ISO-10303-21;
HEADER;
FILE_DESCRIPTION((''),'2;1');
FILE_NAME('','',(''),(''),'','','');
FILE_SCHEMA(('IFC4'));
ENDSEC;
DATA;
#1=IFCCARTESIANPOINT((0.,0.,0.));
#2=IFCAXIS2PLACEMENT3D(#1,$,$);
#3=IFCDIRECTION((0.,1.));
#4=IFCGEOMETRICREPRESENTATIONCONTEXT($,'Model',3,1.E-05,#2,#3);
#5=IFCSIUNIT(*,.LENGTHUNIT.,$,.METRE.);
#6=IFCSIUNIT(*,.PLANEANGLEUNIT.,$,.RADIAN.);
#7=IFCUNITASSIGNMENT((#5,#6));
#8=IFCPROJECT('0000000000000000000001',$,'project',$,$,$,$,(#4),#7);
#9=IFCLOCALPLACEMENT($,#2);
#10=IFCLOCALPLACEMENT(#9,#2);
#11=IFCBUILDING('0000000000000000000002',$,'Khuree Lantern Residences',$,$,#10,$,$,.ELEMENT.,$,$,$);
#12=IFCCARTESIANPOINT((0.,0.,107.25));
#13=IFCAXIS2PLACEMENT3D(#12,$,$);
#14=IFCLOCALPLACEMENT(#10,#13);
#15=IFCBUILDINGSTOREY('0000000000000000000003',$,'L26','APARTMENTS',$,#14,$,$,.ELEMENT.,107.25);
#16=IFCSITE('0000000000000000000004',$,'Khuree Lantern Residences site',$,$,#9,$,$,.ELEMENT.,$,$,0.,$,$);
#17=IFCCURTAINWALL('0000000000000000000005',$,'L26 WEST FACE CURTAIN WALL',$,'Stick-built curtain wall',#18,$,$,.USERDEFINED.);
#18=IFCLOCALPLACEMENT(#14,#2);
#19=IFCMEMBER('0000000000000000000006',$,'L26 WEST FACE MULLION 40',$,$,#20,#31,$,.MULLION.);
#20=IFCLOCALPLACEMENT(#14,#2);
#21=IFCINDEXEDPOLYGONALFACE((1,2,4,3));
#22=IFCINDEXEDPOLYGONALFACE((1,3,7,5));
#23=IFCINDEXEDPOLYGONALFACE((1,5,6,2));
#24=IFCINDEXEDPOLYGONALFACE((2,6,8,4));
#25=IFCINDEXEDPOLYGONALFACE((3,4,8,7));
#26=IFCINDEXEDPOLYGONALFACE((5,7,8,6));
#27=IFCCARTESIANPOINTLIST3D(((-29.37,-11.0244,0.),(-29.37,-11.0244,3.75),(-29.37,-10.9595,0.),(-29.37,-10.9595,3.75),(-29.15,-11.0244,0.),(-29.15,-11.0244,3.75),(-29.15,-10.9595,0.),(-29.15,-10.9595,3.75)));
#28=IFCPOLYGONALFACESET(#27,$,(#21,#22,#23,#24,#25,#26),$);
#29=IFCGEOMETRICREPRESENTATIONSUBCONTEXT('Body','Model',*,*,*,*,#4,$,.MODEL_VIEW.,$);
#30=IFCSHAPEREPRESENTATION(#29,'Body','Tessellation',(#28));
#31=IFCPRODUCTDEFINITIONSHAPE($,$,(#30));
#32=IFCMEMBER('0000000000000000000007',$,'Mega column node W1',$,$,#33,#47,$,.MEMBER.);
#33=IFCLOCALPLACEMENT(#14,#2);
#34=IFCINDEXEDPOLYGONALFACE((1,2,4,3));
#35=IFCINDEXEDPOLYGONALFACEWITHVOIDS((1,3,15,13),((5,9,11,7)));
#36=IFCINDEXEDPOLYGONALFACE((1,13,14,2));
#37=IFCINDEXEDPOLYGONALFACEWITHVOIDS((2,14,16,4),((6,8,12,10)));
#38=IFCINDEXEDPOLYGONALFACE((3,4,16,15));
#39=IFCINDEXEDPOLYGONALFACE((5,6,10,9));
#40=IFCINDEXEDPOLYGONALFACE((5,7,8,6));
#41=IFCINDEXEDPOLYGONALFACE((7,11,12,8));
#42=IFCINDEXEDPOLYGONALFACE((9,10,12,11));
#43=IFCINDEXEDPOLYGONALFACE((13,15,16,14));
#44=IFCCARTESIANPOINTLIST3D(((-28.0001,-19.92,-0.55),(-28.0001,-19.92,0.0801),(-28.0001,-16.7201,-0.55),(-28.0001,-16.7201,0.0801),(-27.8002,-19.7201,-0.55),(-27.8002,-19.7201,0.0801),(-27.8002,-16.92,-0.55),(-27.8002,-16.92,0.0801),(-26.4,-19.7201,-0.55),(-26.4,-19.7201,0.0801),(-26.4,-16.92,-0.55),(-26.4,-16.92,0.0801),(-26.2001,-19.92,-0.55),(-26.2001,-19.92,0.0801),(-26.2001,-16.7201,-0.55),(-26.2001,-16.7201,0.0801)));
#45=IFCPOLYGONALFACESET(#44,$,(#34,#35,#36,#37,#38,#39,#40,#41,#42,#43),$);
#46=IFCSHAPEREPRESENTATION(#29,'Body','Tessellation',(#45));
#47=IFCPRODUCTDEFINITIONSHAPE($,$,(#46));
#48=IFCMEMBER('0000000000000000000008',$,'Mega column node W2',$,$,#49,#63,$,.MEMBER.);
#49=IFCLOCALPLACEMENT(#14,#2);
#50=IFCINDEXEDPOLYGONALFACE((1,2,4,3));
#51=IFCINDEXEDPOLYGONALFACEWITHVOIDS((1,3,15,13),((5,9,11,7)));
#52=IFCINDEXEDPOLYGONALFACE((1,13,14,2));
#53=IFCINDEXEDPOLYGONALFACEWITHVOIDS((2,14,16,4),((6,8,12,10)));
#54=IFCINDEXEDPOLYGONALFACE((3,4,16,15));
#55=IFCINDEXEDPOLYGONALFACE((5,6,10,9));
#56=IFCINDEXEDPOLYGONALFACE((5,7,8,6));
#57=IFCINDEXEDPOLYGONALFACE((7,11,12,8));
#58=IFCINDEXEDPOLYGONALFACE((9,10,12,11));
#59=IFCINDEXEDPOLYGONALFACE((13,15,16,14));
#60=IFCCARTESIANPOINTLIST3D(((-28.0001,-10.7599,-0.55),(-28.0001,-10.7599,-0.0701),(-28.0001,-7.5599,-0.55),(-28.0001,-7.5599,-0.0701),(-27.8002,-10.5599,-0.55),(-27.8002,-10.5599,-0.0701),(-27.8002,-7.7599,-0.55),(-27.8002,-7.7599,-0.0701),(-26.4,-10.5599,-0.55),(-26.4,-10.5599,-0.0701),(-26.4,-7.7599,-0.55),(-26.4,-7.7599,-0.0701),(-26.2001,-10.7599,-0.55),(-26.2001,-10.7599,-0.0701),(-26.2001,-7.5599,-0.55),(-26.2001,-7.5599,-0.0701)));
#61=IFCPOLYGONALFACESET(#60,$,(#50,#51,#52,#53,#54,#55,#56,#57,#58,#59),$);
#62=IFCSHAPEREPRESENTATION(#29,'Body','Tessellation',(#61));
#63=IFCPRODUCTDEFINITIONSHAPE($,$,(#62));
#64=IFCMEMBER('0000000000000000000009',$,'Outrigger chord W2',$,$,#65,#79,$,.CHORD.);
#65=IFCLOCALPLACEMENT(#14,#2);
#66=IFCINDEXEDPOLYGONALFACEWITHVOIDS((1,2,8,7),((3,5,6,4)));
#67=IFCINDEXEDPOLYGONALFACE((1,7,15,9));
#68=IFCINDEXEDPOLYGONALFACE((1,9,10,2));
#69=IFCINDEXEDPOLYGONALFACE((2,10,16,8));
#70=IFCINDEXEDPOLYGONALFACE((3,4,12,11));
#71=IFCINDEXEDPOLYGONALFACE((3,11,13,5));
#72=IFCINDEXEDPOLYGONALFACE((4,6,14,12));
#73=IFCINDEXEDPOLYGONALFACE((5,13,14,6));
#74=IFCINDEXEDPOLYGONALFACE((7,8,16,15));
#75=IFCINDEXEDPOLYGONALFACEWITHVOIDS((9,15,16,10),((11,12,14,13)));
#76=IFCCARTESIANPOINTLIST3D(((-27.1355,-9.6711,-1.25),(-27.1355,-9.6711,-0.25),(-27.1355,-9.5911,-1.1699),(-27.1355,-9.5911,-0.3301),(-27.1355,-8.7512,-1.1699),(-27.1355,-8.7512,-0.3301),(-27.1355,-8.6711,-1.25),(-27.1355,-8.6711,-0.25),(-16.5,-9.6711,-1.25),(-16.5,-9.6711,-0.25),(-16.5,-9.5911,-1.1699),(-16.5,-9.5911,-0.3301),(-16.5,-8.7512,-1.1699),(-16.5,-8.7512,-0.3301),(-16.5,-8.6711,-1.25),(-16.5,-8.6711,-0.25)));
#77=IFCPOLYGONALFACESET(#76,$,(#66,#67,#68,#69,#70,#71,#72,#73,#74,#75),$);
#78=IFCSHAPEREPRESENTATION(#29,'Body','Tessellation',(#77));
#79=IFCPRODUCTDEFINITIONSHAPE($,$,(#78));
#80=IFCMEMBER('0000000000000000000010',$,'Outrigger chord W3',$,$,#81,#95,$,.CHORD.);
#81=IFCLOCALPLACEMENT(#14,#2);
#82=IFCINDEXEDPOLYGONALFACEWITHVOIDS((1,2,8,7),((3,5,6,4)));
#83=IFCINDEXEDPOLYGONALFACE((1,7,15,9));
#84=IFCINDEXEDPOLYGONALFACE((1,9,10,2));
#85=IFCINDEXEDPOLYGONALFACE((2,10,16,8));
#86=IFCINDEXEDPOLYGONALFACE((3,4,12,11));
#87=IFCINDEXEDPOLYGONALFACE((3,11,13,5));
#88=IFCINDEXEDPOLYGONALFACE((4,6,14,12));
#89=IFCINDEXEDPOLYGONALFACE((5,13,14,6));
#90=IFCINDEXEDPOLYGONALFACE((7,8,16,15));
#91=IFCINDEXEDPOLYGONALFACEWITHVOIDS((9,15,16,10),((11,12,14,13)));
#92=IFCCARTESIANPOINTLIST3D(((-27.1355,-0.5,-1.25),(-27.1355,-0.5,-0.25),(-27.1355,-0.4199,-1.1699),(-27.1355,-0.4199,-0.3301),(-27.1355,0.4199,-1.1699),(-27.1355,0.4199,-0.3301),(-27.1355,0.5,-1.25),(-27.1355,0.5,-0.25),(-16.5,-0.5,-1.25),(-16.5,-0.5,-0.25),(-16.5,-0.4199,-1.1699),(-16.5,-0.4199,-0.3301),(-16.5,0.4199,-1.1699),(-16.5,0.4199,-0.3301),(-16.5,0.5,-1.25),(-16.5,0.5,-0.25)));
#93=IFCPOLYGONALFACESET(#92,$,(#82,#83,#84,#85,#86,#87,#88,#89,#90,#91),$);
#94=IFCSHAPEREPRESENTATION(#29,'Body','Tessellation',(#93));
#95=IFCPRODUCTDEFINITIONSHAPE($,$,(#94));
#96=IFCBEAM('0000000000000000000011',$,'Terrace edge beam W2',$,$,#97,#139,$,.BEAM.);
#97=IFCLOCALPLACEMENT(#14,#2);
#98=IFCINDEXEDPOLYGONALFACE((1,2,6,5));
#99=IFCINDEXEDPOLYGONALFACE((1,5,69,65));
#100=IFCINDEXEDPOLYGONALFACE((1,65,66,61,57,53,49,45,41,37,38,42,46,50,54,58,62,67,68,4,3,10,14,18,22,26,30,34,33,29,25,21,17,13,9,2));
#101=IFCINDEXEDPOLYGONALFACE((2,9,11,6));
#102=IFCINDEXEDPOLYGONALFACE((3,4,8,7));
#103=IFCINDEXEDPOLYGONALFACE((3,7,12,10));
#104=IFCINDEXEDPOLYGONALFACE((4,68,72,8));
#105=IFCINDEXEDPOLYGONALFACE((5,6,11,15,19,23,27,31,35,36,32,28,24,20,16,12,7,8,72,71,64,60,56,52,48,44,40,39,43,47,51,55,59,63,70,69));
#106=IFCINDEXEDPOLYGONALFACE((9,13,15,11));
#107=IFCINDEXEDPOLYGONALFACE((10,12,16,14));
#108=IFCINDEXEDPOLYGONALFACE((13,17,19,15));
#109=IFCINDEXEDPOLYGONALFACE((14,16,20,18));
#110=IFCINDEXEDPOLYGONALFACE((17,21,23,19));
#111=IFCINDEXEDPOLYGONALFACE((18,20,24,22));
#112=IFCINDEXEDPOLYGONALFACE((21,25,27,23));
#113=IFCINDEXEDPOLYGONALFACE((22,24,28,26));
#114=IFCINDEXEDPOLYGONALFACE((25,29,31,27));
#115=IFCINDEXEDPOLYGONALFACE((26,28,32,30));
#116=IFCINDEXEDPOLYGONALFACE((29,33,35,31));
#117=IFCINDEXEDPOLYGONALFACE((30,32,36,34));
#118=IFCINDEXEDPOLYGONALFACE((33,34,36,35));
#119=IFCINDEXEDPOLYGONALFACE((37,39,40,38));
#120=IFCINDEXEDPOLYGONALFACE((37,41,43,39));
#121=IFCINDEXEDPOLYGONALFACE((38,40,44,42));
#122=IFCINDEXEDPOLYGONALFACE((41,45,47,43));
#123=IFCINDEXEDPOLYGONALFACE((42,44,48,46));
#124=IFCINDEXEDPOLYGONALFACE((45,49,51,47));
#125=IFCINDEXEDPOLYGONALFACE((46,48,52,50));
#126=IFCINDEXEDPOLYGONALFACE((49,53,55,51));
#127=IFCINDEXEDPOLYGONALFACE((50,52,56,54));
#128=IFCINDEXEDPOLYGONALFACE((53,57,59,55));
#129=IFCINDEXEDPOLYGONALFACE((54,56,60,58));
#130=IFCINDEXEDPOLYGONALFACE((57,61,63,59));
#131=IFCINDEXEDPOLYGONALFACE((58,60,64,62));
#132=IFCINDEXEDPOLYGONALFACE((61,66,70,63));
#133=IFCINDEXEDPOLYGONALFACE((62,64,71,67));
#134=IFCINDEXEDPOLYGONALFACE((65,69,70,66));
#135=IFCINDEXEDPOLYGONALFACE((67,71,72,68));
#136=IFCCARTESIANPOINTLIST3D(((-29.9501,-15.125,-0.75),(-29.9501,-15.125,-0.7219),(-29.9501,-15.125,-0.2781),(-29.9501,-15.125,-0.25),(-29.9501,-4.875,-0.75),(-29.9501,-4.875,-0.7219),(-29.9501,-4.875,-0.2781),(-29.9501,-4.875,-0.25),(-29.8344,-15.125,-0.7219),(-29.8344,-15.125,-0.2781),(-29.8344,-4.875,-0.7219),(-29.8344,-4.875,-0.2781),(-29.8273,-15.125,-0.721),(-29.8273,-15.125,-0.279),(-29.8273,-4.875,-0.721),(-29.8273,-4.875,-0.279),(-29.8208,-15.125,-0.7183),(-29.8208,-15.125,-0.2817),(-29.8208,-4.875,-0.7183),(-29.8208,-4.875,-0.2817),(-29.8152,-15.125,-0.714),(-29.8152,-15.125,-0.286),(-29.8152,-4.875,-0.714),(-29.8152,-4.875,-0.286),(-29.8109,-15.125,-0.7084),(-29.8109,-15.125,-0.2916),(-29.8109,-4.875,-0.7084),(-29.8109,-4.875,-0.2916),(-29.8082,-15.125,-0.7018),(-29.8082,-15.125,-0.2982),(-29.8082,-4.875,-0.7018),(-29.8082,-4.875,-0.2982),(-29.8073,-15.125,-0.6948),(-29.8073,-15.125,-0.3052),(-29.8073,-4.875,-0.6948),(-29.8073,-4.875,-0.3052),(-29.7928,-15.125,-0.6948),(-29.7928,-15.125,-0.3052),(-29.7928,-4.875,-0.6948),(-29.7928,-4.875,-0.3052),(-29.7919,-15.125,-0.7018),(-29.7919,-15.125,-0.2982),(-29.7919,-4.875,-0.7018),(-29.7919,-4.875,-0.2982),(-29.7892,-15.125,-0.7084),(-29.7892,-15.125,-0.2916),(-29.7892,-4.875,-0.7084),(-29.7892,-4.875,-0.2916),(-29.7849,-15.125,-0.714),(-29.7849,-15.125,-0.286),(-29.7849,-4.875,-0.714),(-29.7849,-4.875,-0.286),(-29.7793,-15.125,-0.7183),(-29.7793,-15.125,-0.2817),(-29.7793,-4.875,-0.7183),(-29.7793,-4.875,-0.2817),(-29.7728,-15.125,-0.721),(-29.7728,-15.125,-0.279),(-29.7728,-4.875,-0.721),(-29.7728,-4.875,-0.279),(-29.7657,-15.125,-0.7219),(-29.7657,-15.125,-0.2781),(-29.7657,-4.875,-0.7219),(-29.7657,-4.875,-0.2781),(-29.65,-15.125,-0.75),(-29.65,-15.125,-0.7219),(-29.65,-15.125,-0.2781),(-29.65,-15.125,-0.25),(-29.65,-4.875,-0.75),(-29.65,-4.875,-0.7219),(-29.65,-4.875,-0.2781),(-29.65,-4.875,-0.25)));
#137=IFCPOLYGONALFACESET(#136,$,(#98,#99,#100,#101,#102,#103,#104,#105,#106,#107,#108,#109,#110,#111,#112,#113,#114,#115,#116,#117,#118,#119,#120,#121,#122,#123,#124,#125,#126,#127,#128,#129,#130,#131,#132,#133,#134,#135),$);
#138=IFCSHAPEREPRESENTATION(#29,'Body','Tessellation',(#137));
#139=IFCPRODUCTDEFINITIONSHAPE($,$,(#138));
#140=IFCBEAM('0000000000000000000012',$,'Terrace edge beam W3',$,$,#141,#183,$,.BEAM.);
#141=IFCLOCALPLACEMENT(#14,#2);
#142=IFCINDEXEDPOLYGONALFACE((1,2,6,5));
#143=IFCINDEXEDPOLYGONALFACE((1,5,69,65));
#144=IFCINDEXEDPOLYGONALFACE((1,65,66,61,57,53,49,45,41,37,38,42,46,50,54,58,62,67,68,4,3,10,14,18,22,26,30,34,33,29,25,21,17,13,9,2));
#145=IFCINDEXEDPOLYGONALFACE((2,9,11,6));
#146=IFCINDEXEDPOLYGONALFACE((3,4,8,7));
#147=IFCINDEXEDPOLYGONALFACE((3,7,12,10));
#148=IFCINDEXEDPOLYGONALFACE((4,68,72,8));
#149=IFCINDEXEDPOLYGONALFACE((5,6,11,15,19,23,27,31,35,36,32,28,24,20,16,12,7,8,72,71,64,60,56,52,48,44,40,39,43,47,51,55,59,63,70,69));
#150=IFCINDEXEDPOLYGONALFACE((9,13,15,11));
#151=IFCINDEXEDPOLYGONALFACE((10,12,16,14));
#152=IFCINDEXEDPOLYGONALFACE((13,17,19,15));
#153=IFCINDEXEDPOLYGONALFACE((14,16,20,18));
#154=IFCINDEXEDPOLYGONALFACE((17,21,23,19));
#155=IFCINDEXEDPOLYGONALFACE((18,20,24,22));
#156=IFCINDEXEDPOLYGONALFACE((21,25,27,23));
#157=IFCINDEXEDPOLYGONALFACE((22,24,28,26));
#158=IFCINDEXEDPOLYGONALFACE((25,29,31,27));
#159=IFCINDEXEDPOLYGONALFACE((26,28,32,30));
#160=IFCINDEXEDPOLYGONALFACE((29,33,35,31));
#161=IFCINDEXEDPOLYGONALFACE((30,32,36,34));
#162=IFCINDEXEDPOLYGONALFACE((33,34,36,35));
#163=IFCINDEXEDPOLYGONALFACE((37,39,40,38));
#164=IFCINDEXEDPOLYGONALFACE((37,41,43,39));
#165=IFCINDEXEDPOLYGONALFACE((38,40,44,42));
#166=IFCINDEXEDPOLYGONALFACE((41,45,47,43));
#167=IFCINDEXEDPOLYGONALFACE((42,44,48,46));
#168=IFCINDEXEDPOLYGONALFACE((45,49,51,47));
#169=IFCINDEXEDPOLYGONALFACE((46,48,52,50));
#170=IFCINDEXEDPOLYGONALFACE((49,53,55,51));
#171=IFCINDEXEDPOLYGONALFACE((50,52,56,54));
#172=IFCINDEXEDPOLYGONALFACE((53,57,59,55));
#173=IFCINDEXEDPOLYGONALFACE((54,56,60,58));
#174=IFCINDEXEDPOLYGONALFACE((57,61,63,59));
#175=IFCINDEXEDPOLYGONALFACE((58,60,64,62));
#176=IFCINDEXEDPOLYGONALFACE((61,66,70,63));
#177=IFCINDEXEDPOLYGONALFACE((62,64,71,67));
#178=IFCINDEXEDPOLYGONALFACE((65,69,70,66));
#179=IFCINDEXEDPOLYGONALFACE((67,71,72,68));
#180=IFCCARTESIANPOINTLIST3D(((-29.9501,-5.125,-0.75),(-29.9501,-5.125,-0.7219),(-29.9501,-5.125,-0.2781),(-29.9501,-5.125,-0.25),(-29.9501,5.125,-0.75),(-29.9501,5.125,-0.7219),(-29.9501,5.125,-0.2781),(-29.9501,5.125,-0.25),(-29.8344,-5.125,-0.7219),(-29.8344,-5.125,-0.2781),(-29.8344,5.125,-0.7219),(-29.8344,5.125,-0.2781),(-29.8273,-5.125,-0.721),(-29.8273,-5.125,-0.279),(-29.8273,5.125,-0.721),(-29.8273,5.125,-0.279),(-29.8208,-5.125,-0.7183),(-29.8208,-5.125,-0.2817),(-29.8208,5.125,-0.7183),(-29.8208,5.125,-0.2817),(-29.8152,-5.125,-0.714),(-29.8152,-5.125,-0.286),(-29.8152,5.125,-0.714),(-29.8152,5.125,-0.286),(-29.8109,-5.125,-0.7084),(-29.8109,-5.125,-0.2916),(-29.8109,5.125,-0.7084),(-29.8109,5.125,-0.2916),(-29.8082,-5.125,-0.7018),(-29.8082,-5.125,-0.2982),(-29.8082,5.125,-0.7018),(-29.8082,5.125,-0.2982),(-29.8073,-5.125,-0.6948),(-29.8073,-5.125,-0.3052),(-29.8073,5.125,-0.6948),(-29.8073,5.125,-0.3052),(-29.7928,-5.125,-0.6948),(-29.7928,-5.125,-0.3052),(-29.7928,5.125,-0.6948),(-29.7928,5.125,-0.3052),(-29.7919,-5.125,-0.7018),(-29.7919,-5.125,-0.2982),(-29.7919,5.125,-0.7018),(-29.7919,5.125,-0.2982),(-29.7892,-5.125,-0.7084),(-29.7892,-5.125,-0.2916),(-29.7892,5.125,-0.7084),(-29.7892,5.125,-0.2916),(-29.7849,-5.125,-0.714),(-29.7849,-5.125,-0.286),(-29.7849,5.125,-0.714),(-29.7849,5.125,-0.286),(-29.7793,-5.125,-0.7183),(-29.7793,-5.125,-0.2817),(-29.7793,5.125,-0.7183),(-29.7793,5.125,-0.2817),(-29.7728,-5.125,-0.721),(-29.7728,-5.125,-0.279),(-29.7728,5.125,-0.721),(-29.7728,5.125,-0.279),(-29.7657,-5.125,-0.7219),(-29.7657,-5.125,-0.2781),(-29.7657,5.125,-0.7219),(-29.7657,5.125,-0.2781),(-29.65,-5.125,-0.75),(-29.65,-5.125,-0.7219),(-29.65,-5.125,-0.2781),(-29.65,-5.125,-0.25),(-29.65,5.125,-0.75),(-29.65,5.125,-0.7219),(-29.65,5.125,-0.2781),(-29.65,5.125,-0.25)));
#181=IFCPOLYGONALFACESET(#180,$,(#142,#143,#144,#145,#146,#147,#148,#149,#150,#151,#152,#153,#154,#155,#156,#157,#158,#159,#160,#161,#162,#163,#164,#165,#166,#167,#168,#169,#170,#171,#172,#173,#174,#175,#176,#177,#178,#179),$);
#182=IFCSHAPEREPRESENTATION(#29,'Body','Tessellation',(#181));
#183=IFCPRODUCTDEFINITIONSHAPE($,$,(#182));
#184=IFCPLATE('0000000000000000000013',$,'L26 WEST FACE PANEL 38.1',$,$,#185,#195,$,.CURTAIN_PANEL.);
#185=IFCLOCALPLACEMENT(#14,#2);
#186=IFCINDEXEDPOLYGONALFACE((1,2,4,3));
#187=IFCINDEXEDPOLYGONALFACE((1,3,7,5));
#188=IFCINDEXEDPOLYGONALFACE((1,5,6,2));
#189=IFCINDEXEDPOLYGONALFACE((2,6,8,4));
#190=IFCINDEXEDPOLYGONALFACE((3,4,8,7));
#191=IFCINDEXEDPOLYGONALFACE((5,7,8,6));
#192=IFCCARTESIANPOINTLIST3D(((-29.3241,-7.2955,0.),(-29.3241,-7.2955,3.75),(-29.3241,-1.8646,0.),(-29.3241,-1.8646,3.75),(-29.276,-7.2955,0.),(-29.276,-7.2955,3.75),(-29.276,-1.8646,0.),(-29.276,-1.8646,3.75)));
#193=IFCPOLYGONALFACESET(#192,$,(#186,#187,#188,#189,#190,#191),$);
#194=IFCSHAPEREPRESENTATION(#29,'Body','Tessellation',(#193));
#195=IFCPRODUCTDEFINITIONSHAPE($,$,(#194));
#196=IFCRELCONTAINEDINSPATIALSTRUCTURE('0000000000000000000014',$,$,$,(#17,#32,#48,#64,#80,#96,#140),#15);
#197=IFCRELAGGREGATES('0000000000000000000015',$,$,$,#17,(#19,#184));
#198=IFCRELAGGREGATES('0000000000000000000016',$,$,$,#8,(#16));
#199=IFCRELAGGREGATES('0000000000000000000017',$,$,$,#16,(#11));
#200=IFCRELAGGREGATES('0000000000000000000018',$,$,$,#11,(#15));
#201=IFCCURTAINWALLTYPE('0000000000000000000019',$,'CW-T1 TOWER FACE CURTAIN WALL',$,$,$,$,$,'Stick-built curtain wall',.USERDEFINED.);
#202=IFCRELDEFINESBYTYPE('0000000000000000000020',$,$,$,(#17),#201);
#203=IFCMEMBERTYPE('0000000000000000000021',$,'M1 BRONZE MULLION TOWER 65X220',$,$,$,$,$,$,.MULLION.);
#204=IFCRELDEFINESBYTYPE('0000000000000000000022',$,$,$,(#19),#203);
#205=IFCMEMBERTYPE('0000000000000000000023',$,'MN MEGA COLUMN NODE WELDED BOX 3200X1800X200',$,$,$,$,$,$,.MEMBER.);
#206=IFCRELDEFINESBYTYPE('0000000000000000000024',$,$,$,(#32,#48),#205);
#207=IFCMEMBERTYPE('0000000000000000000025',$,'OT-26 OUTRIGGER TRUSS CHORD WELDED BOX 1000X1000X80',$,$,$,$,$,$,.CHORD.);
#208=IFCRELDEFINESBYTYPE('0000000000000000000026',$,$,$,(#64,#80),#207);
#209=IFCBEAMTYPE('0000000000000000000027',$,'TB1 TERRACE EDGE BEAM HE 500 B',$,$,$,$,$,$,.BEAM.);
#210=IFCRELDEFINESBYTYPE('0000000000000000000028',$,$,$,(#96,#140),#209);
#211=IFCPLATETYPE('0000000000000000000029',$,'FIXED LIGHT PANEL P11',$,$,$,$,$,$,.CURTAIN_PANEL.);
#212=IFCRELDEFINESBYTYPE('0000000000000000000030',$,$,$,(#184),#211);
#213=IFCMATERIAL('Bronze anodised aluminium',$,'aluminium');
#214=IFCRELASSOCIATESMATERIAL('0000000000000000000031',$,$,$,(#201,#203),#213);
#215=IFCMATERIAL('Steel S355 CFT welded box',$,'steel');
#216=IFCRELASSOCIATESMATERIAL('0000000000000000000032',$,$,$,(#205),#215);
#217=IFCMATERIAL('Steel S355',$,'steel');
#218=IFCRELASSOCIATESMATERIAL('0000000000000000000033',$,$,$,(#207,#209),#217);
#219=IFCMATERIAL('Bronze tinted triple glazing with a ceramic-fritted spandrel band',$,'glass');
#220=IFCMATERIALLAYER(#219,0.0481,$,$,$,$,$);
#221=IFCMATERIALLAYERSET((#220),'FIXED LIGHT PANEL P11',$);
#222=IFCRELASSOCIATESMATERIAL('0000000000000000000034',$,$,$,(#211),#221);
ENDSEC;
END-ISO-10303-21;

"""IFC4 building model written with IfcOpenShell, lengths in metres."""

from ifc_helpers import new_model, si_unit, direction, frame, origin, origin_2d, place, context, subcontext, project, spatial, rectangle, hollow_rectangle, i_section, extrude, material, layer, layer_set, material_profile, profile_set, type_object, element, aggregate, save


model = new_model("IFC4")

# Units and contexts
model_context = context("Model", 3, precision=1e-05, world=origin(), true_north=direction((0.0, 1.0)))
body_context = subcontext(model_context, "Body", "Model", "MODEL_VIEW")
ifc_project = project(units=[si_unit("LENGTHUNIT", "METRE"), si_unit("PLANEANGLEUNIT", "RADIAN")], contexts=[model_context])

# Site, building, storey
site_placement = place(None, origin())
site = spatial("IfcSite", under=ifc_project, at=site_placement, Name="Khuree Lantern Residences site", CompositionType="ELEMENT", RefElevation=0.0)
building_placement = place(site_placement, origin())
building = spatial("IfcBuilding", under=site, at=building_placement, Name="Khuree Lantern Residences", CompositionType="ELEMENT")
storey_placement = place(building_placement, frame((0.0, 0.0, 107.25)))
storey = spatial("IfcBuildingStorey", under=building, at=storey_placement, Name="L26", Description="APARTMENTS", CompositionType="ELEMENT", Elevation=107.25)

# Shared definitions
ifc_material_1 = material(Name="Steel S355 CFT welded box", Category="steel")

# Shared definitions
ifc_material_2 = material(Name="Steel S355", Category="steel")

# Curtain wall, member
ifc_material_3 = material(Name="Bronze anodised aluminium", Category="aluminium")
curtain_wall_type = type_object("IfcCurtainWallType", Name="CW-T1 TOWER FACE CURTAIN WALL", ElementType="Stick-built curtain wall", PredefinedType="USERDEFINED", material=ifc_material_3)
curtain_wall_placement = place(storey_placement, origin())
curtain_wall = element("IfcCurtainWall", 1, at=curtain_wall_placement, inside=storey, type_object=curtain_wall_type, Name="L26 WEST FACE CURTAIN WALL", ObjectType="Stick-built curtain wall", PredefinedType="USERDEFINED")
ifc_material_profile_1 = material_profile(ifc_material_3, rectangle(XDim=0.0649, YDim=0.22, at=origin_2d()), Name="M1 65X220")
ifc_profile_set_1 = profile_set([ifc_material_profile_1], Name="Bronze anodised aluminium")
member_type_1 = type_object("IfcMemberType", Name="M1 BRONZE MULLION TOWER 65X220", PredefinedType="MULLION", material=ifc_profile_set_1)
member_1_placement = place(storey_placement, frame((-29.26, -10.9919, 0.0), z_axis=(0.0, 0.0, 1.0), x_axis=(0.0, -1.0, 0.0)))
member_1 = element("IfcMember", 2, at=member_1_placement, type_object=member_type_1, Name="L26 WEST FACE MULLION 40", PredefinedType="MULLION", context=body_context, shape_type="SweptSolid", body=[
    extrude(rectangle(XDim=0.0649, YDim=0.22, at=origin_2d()), origin(), (0.0, 0.0, 1.0), 3.75),
])

# Members
ifc_material_profile_2 = material_profile(ifc_material_1, hollow_rectangle(XDim=3.2, YDim=1.8, WallThickness=0.2, at=origin_2d()), Name="WELDED BOX 3200X1800X200")
ifc_profile_set_2 = profile_set([ifc_material_profile_2], Name="Steel S355 CFT welded box")
member_type_2 = type_object("IfcMemberType", Name="MN MEGA COLUMN NODE WELDED BOX 3200X1800X200", PredefinedType="MEMBER", material=ifc_profile_set_2)
member_2_placement = place(storey_placement, frame((-27.1001, -18.3201, -0.55), z_axis=(0.0, 0.0, 1.0), x_axis=(0.0, 1.0, 0.0)))
element("IfcMember", 3, at=member_2_placement, inside=storey, type_object=member_type_2, Name="Mega column node W1", PredefinedType="MEMBER", context=body_context, shape_type="SweptSolid", body=[
    extrude(hollow_rectangle(XDim=3.2, YDim=1.8, WallThickness=0.2, at=origin_2d()), origin(), (0.0, 0.0, 1.0), 0.6301),
])
member_3_placement = place(storey_placement, frame((-27.1001, -9.1599, -0.55), z_axis=(0.0, 0.0, 1.0), x_axis=(0.0, 1.0, 0.0)))
element("IfcMember", 4, at=member_3_placement, inside=storey, type_object=member_type_2, Name="Mega column node W2", PredefinedType="MEMBER", context=body_context, shape_type="SweptSolid", body=[
    extrude(hollow_rectangle(XDim=3.2, YDim=1.8, WallThickness=0.2, at=origin_2d()), origin(), (0.0, 0.0, 1.0), 0.48),
])
ifc_material_profile_3 = material_profile(ifc_material_2, hollow_rectangle(XDim=1.0, YDim=1.0, WallThickness=0.0801, at=origin_2d()), Name="WELDED BOX 1000X1000X80")
ifc_profile_set_3 = profile_set([ifc_material_profile_3], Name="Steel S355")
member_type_3 = type_object("IfcMemberType", Name="OT-26 OUTRIGGER TRUSS CHORD WELDED BOX 1000X1000X80", PredefinedType="CHORD", material=ifc_profile_set_3)
for number, where, z_axis, x_axis, name in (
    (5, (-27.1355, -9.1711, -0.75), (1.0, 0.0, 0.0), (0.0, 1.0, 0.0), "Outrigger chord W2"),
    (6, (-27.1355, 0.0, -0.75), (1.0, 0.0, 0.0), (0.0, 1.0, 0.0), "Outrigger chord W3"),
):
    element("IfcMember", number, at=place(storey_placement, frame(where, z_axis=z_axis, x_axis=x_axis)), inside=storey, type_object=member_type_3, Name=name, PredefinedType="CHORD", context=body_context, shape_type="SweptSolid", body=[
        extrude(hollow_rectangle(XDim=1.0, YDim=1.0, WallThickness=0.0801, at=origin_2d()), origin(), (0.0, 0.0, 1.0), 10.6355),
    ])

# Beams
ifc_material_profile_4 = material_profile(ifc_material_2, i_section(OverallWidth=0.3, OverallDepth=0.5, WebThickness=0.0144, FlangeThickness=0.0281, FilletRadius=0.0271, at=origin_2d()), Name="HE 500 B")
ifc_profile_set_4 = profile_set([ifc_material_profile_4], Name="Steel S355")
beam_type_1 = type_object("IfcBeamType", Name="TB1 TERRACE EDGE BEAM HE 500 B", PredefinedType="BEAM", material=ifc_profile_set_4)
for number, where, z_axis, x_axis, name in (
    (7, (-29.8, -15.125, -0.5), (0.0, 1.0, 0.0), (-1.0, 0.0, 0.0), "Terrace edge beam W2"),
    (8, (-29.8, -5.125, -0.5), (0.0, 1.0, 0.0), (-1.0, 0.0, 0.0), "Terrace edge beam W3"),
):
    element("IfcBeam", number, at=place(storey_placement, frame(where, z_axis=z_axis, x_axis=x_axis)), inside=storey, type_object=beam_type_1, Name=name, PredefinedType="BEAM", context=body_context, shape_type="SweptSolid", body=[
        extrude(i_section(OverallWidth=0.3, OverallDepth=0.5, WebThickness=0.0144, FlangeThickness=0.0281, FilletRadius=0.0271, at=origin_2d()), origin(), (0.0, 0.0, 1.0), 10.25),
    ])

# Plate
ifc_material_4 = material(Name="Bronze tinted triple glazing with a ceramic-fritted spandrel band", Category="glass")
ifc_layer_1 = layer(ifc_material_4, 0.0481)
ifc_layer_set_1 = layer_set([ifc_layer_1], Name="FIXED LIGHT PANEL P11")
plate_type_1 = type_object("IfcPlateType", Name="FIXED LIGHT PANEL P11", PredefinedType="CURTAIN_PANEL", material=ifc_layer_set_1)
plate_1_placement = place(storey_placement, frame((-29.3, -4.5801, 0.0), z_axis=(0.0, 0.0, 1.0), x_axis=(0.0, -1.0, 0.0)))
plate_1 = element("IfcPlate", 9, at=plate_1_placement, type_object=plate_type_1, Name="L26 WEST FACE PANEL 38.1", PredefinedType="CURTAIN_PANEL", context=body_context, shape_type="SweptSolid", body=[
    extrude(rectangle(XDim=5.4309, YDim=0.0481, at=origin_2d()), origin(), (0.0, 0.0, 1.0), 3.75),
])
aggregate(curtain_wall, [member_1, plate_1])

save(model, "model.ifc")
